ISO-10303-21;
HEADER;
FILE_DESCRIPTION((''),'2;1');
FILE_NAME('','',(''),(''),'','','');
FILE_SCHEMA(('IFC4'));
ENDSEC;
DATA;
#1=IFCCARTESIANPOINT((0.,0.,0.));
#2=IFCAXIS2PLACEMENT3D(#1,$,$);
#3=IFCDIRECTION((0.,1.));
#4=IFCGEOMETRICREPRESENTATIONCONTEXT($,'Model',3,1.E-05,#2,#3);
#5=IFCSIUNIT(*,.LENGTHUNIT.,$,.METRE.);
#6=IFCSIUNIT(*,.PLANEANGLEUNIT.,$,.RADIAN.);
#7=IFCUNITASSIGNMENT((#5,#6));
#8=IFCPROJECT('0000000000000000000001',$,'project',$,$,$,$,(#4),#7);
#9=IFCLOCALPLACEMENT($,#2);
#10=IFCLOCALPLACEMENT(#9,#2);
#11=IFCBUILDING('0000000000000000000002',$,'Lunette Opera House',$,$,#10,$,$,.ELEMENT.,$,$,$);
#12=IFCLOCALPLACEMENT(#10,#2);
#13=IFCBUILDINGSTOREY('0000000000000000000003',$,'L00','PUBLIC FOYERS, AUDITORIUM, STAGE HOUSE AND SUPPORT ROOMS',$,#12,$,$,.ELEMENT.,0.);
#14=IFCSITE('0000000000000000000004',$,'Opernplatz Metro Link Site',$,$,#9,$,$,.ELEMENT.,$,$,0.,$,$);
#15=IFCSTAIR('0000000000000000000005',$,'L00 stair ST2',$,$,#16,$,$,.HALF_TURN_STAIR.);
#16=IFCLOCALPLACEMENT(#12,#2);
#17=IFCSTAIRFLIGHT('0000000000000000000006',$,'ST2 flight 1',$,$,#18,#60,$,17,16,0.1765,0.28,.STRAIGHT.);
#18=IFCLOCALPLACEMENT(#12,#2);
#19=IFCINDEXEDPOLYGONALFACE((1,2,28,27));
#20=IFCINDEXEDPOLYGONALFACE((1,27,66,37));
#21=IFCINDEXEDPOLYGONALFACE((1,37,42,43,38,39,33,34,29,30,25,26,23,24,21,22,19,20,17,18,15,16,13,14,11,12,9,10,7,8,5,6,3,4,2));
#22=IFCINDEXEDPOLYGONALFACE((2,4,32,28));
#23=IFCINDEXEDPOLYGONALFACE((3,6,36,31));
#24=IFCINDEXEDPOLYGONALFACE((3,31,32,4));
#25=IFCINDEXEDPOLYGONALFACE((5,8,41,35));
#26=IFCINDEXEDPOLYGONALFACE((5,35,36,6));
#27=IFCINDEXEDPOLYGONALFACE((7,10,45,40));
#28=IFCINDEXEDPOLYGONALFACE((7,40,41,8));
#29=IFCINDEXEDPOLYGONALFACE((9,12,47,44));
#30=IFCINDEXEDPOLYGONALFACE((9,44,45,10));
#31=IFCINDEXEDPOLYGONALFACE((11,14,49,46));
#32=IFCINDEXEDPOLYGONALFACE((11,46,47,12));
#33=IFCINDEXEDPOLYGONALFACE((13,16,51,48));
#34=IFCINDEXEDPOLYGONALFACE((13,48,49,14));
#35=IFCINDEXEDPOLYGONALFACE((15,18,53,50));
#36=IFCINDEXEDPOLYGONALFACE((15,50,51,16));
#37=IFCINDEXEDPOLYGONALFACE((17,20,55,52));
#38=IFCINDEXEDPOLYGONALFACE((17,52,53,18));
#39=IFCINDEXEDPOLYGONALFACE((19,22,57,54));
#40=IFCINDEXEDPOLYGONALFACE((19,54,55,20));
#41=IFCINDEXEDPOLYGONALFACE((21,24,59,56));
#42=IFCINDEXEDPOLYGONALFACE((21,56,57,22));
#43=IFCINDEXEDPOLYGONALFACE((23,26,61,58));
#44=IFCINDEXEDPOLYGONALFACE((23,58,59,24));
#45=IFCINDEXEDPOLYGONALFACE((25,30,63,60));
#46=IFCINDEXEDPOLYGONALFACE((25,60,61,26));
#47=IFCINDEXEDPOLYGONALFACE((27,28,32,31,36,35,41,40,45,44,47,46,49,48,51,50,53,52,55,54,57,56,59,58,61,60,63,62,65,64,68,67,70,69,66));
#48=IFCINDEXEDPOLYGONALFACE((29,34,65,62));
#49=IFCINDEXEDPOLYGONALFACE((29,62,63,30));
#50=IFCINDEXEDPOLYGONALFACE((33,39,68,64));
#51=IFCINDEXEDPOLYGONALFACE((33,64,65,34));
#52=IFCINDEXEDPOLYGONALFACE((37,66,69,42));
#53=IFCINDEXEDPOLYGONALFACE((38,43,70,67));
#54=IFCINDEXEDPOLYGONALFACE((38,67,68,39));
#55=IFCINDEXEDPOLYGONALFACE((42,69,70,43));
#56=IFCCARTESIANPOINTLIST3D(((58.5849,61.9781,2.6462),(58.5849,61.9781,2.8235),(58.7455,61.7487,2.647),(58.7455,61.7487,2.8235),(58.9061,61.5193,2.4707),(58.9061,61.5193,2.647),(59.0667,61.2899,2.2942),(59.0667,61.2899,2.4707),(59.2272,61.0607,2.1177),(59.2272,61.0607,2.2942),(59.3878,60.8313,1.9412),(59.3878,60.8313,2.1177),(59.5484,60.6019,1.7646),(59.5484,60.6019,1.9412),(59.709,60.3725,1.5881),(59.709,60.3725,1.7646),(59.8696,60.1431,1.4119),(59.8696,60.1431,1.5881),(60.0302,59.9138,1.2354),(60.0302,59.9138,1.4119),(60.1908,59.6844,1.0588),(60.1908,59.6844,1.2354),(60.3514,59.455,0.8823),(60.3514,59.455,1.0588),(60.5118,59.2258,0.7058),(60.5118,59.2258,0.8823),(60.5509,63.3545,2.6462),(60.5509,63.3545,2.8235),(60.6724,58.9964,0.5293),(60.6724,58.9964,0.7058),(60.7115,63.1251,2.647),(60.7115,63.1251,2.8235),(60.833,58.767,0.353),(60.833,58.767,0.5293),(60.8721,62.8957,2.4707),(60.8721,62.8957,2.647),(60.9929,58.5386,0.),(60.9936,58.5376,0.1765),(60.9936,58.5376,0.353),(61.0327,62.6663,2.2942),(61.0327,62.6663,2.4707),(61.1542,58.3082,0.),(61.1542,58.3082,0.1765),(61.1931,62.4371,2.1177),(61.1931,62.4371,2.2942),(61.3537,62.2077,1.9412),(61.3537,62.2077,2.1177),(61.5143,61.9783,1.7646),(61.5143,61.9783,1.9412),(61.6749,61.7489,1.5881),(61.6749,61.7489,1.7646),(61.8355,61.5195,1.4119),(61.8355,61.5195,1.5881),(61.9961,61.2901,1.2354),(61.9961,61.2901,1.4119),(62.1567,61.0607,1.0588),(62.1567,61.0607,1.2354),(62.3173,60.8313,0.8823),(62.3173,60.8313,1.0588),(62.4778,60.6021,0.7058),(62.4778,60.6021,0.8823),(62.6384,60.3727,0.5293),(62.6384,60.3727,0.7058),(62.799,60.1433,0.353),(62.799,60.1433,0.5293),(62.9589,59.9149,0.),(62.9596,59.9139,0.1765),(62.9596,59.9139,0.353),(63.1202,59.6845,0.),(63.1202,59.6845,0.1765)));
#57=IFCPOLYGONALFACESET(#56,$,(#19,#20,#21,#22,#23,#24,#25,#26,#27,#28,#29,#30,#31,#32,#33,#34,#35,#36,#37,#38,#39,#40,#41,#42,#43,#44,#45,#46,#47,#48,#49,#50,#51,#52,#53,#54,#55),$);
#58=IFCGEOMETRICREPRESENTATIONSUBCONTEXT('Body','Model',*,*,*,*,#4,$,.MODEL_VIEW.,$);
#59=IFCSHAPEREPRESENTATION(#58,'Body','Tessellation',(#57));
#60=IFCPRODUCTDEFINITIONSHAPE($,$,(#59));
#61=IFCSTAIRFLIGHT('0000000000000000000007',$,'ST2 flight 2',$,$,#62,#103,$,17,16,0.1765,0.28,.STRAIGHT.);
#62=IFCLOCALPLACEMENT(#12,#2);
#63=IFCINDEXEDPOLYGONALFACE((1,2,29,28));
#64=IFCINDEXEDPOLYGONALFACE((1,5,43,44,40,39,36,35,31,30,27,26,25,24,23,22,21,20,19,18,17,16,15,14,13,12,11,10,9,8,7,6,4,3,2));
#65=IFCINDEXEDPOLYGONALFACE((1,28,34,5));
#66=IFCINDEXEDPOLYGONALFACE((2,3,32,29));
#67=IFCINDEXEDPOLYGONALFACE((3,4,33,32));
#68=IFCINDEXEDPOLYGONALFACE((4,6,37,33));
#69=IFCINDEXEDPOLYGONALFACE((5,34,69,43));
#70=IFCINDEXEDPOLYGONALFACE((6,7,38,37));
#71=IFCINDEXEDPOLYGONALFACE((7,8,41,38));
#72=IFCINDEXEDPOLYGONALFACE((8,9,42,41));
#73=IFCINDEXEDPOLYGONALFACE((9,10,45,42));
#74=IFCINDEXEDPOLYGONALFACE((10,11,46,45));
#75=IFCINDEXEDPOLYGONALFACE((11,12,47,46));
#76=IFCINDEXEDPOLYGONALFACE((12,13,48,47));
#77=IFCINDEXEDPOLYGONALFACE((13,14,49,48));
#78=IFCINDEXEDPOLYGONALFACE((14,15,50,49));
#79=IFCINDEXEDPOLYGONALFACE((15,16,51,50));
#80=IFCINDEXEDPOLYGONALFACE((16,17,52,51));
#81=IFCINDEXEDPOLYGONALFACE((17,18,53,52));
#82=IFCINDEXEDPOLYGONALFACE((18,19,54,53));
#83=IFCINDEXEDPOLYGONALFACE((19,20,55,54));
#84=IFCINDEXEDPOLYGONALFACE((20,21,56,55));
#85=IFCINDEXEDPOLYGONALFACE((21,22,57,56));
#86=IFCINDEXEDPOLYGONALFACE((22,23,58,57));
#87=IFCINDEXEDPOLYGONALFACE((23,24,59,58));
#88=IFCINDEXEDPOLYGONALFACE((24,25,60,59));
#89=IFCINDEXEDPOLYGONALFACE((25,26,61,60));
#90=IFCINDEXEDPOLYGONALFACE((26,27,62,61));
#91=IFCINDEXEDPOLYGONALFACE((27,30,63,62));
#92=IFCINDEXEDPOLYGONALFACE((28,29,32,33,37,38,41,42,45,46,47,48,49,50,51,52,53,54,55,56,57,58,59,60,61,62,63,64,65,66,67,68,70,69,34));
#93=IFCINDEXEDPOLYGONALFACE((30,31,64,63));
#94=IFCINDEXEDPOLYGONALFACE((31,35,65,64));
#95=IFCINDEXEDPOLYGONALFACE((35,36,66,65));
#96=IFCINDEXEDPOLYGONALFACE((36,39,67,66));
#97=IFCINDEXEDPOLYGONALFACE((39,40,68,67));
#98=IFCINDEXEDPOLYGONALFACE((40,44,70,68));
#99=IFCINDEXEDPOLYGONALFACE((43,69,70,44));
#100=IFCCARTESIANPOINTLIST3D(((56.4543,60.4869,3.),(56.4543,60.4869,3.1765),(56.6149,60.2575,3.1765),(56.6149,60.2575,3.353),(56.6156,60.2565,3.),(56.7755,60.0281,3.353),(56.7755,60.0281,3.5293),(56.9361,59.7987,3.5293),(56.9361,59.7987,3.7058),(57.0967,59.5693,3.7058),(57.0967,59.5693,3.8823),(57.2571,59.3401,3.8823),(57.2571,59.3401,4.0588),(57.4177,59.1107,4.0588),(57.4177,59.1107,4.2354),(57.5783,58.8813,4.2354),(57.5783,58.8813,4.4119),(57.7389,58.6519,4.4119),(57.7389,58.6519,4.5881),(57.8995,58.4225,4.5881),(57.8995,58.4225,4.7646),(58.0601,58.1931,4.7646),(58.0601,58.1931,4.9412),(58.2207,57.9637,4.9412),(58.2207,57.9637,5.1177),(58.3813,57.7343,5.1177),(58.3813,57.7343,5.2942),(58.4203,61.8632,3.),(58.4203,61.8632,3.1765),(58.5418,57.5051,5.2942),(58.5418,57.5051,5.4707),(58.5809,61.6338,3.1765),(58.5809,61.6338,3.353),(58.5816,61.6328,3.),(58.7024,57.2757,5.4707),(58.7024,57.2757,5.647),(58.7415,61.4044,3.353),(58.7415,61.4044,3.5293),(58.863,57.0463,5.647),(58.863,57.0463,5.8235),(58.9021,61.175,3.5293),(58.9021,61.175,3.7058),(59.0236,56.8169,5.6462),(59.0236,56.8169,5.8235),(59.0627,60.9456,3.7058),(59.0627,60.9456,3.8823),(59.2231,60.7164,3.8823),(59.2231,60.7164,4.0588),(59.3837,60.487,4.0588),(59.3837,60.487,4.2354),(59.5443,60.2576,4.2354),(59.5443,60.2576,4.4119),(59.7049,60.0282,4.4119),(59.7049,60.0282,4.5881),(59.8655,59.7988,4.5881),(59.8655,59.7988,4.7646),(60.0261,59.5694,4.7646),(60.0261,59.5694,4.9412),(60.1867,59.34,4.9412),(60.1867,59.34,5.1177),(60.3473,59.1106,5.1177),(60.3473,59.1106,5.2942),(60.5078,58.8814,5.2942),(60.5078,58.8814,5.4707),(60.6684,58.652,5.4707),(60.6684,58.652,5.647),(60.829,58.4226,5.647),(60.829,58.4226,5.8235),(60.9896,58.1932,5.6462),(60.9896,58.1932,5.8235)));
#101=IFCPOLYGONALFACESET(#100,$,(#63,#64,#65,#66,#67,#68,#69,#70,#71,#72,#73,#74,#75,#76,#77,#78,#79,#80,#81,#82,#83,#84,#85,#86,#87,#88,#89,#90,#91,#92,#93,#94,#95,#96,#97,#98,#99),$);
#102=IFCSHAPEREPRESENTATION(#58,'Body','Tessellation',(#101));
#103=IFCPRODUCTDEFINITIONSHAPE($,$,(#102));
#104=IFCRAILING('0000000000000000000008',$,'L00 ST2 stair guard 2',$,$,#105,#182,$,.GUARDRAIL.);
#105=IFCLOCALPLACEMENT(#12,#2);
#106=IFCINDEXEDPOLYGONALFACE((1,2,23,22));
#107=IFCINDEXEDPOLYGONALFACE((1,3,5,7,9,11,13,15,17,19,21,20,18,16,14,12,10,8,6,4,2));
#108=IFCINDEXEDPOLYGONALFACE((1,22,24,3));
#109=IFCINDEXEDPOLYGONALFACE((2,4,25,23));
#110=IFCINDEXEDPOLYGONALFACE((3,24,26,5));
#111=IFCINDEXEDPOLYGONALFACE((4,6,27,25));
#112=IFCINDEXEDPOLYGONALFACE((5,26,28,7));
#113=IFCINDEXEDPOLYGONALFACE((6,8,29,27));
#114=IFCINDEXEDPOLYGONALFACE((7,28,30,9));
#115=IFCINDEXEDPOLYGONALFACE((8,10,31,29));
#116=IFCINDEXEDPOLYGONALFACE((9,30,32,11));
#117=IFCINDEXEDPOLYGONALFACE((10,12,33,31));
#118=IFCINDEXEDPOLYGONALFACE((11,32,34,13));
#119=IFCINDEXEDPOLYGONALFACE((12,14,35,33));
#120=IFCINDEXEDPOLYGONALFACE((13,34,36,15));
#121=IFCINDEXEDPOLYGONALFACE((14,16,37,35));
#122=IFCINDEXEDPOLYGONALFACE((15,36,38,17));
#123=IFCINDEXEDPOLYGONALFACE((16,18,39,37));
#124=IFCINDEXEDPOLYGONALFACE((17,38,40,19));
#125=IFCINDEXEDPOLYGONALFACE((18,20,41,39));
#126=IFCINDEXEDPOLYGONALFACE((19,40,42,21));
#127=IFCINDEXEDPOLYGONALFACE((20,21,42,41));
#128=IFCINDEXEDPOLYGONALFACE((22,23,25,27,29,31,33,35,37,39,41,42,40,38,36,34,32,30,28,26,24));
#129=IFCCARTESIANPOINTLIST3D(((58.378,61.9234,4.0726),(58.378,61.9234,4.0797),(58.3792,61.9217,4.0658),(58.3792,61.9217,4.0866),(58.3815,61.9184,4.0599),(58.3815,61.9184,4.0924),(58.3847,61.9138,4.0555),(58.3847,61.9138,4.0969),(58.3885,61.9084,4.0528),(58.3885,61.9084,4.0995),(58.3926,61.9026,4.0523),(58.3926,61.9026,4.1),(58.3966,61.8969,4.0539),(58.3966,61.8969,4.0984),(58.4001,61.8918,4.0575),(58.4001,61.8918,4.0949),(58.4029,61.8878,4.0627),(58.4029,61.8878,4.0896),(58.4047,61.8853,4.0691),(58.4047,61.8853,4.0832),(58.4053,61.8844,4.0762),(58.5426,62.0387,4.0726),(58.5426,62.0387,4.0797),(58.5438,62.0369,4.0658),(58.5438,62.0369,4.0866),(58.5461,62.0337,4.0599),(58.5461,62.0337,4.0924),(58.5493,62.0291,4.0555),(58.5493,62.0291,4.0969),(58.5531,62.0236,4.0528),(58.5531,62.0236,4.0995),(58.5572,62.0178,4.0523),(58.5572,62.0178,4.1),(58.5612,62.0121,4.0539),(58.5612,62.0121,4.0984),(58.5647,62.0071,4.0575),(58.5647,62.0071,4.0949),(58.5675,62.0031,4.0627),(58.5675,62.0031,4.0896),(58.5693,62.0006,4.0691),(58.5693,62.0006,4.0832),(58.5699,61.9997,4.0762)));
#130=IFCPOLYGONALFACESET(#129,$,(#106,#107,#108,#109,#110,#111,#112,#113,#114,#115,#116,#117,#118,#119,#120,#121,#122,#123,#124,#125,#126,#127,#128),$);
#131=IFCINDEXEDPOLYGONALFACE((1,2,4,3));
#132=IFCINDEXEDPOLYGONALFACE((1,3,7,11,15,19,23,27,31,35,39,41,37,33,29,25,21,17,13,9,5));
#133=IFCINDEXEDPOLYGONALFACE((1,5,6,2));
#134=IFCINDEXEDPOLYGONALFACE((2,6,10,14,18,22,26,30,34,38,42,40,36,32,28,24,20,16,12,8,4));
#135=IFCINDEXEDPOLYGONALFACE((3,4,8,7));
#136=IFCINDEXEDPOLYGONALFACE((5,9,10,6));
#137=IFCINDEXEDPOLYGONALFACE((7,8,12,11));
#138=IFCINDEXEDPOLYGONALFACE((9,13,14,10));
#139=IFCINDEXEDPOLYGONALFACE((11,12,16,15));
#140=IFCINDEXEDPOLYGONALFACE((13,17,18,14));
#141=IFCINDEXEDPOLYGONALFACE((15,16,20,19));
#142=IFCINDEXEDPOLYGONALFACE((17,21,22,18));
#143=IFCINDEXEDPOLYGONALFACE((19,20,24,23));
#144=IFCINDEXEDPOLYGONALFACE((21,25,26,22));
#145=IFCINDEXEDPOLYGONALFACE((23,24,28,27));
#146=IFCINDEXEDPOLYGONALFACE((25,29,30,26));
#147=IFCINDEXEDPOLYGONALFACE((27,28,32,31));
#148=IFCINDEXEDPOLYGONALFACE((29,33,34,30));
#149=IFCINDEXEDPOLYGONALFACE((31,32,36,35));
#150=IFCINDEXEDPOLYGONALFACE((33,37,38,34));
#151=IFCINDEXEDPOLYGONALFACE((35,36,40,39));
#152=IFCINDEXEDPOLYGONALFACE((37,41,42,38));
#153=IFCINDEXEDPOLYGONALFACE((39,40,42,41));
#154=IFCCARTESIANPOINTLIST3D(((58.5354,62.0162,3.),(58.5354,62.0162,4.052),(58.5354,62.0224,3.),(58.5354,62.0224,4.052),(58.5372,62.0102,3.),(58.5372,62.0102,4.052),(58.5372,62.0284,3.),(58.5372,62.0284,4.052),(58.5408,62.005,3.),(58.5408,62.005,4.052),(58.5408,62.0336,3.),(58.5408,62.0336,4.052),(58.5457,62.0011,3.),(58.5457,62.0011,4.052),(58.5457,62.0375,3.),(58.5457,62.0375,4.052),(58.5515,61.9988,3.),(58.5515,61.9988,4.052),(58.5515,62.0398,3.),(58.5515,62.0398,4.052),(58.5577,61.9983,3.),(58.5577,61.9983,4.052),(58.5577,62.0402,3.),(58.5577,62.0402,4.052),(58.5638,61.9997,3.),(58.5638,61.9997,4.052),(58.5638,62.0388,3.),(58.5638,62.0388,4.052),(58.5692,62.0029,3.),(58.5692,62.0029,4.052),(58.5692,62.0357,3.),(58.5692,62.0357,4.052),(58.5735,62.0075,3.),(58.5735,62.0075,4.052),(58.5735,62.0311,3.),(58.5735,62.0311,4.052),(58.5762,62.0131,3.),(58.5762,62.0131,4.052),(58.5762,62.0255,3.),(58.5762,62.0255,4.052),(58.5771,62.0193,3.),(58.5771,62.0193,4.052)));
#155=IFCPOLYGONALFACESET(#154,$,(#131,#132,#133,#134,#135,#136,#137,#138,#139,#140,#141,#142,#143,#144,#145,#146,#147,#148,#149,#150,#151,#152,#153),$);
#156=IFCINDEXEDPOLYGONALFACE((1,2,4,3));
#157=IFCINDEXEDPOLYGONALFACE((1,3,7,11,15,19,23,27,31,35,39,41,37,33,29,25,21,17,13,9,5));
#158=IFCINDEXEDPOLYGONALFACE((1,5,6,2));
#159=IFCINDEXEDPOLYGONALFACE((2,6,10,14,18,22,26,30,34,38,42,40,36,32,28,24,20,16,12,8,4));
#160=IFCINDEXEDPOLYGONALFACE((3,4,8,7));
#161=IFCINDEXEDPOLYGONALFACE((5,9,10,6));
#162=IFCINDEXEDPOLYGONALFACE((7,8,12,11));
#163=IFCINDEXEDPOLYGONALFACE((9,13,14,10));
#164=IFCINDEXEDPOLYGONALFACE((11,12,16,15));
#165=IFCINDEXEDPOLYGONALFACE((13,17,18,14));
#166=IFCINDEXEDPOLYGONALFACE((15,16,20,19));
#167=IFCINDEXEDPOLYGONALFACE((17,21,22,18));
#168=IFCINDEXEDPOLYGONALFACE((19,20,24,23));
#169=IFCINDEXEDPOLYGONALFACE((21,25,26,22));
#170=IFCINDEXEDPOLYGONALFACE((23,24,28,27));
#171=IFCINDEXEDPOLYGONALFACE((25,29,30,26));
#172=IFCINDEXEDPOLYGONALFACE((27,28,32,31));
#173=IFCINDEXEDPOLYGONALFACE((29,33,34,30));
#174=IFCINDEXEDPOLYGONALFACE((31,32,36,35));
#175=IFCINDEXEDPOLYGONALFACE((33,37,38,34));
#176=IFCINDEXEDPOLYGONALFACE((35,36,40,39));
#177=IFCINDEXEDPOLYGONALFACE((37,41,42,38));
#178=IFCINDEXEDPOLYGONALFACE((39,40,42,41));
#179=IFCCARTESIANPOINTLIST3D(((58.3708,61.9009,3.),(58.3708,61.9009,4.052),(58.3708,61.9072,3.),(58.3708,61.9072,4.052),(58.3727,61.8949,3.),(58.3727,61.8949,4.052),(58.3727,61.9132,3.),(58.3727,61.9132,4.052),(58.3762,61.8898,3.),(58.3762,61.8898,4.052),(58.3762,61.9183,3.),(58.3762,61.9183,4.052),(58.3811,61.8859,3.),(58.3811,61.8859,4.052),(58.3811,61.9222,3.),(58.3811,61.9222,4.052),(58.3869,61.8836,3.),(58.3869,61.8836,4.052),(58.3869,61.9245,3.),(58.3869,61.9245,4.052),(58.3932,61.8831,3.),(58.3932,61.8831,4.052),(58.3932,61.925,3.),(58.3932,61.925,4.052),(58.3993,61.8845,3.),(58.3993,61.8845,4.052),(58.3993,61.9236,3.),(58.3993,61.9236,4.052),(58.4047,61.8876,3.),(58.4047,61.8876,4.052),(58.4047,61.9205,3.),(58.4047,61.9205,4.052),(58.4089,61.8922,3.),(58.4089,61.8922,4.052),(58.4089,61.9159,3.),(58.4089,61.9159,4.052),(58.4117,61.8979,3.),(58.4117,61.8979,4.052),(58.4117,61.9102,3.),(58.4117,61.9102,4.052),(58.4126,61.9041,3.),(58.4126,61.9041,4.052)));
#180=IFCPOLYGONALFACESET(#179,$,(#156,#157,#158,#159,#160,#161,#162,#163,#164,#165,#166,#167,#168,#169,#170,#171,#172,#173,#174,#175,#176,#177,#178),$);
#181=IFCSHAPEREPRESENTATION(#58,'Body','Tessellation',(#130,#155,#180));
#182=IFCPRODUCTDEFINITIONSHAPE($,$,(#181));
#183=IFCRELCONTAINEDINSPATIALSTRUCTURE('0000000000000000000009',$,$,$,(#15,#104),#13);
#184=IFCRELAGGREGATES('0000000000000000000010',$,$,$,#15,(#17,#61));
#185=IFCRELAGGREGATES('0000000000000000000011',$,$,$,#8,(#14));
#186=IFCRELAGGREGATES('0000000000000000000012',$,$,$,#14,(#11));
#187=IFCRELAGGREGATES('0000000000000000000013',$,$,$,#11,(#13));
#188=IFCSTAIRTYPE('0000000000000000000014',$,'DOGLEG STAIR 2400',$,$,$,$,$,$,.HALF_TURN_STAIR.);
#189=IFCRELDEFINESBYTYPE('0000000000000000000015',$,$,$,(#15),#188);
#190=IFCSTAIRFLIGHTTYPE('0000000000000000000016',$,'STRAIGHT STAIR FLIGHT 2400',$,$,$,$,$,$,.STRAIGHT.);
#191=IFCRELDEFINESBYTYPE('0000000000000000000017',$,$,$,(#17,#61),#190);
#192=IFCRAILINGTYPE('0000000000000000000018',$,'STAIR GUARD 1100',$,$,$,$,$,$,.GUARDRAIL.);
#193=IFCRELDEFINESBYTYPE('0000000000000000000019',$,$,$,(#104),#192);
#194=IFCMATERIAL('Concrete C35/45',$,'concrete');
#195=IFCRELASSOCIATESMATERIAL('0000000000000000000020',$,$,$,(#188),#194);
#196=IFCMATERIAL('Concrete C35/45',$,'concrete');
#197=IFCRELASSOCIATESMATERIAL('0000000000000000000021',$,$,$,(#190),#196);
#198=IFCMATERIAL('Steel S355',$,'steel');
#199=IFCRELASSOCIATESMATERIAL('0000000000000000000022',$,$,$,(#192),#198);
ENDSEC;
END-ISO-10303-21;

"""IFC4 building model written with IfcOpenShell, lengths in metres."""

from ifc_helpers import new_model, si_unit, direction, frame, origin, origin_2d, place, context, subcontext, project, spatial, polyline, circle, outline, extrude, material, type_object, element, aggregate, save


model = new_model("IFC4")

# Units and contexts
model_context = context("Model", 3, precision=1e-05, world=origin(), true_north=direction((0.0, 1.0)))
body_context = subcontext(model_context, "Body", "Model", "MODEL_VIEW")
ifc_project = project(units=[si_unit("LENGTHUNIT", "METRE"), si_unit("PLANEANGLEUNIT", "RADIAN")], contexts=[model_context])

# Site, building, storey
site_placement = place(None, origin())
site = spatial("IfcSite", under=ifc_project, at=site_placement, Name="Opernplatz Metro Link Site", CompositionType="ELEMENT", RefElevation=0.0)
building_placement = place(site_placement, origin())
building = spatial("IfcBuilding", under=site, at=building_placement, Name="Lunette Opera House", CompositionType="ELEMENT")
storey_placement = place(building_placement, origin())
storey = spatial("IfcBuildingStorey", under=building, at=storey_placement, Name="L00", Description="PUBLIC FOYERS, AUDITORIUM, STAGE HOUSE AND SUPPORT ROOMS", CompositionType="ELEMENT", Elevation=0.0)

# Stair, stair flights
ifc_material_1 = material(Name="Concrete C35/45", Category="concrete")
stair_type = type_object("IfcStairType", Name="DOGLEG STAIR 2400", PredefinedType="HALF_TURN_STAIR", material=ifc_material_1)
stair_placement = place(storey_placement, origin())
stair = element("IfcStair", 1, at=stair_placement, inside=storey, type_object=stair_type, Name="L00 stair ST2", PredefinedType="HALF_TURN_STAIR")
ifc_material_2 = material(Name="Concrete C35/45", Category="concrete")
stair_flight_type = type_object("IfcStairFlightType", Name="STRAIGHT STAIR FLIGHT 2400", PredefinedType="STRAIGHT", material=ifc_material_2)
stair_flight_1_placement = place(storey_placement, frame((62.1372, 58.9963, 0.0), z_axis=(0.0, 0.0, 1.0), x_axis=(-0.57351, 0.819198, 0.0)))
stair_flight_1 = element("IfcStairFlight", 2, at=stair_flight_1_placement, type_object=stair_flight_type, Name="ST2 flight 1", NumberOfRisers=17, NumberOfTreads=16, PredefinedType="STRAIGHT", RiserHeight=0.1765, TreadLength=0.28, context=body_context, shape_type="SweptSolid", body=[
    extrude(outline(polyline([(0.0, 0.0), (0.0, 0.1765), (0.28, 0.1765), (0.28, 0.353), (0.5601, 0.353), (0.5601, 0.5293), (0.8401, 0.5293), (0.8401, 0.7058), (1.1201, 0.7058), (1.1201, 0.8823), (1.3999, 0.8823), (1.3999, 1.0588), (1.6799, 1.0588), (1.6799, 1.2354), (1.96, 1.2354), (1.96, 1.4119), (2.24, 1.4119), (2.24, 1.5881), (2.52, 1.5881), (2.52, 1.7646), (2.8, 1.7646), (2.8, 1.9412), (3.0801, 1.9412), (3.0801, 2.1177), (3.3601, 2.1177), (3.3601, 2.2942), (3.6399, 2.2942), (3.6399, 2.4707), (3.9199, 2.4707), (3.9199, 2.647), (4.2, 2.647), (4.2, 2.8235), (4.48, 2.8235), (4.48, 3.0), (4.48, 2.6462), (0.2812, 0.0), (0.0, 0.0)])), frame((0.0, 1.2, 0.0), z_axis=(0.0, -1.0, 0.0), x_axis=(1.0, 0.0, 0.0)), (0.0, 0.0, 1.0), 2.3999),
])
stair_flight_2_placement = place(storey_placement, frame((57.4373, 61.175, 3.0), z_axis=(0.0, 0.0, 1.0), x_axis=(0.57351, -0.819198, 0.0)))
stair_flight_2 = element("IfcStairFlight", 3, at=stair_flight_2_placement, type_object=stair_flight_type, Name="ST2 flight 2", NumberOfRisers=17, NumberOfTreads=16, PredefinedType="STRAIGHT", RiserHeight=0.1765, TreadLength=0.28, context=body_context, shape_type="SweptSolid", body=[
    extrude(outline(polyline([(0.0, 0.0), (0.0, 0.1765), (0.28, 0.1765), (0.28, 0.353), (0.5601, 0.353), (0.5601, 0.5293), (0.8401, 0.5293), (0.8401, 0.7058), (1.1201, 0.7058), (1.1201, 0.8823), (1.3999, 0.8823), (1.3999, 1.0588), (1.6799, 1.0588), (1.6799, 1.2354), (1.96, 1.2354), (1.96, 1.4119), (2.24, 1.4119), (2.24, 1.5881), (2.52, 1.5881), (2.52, 1.7646), (2.8, 1.7646), (2.8, 1.9412), (3.0801, 1.9412), (3.0801, 2.1177), (3.3601, 2.1177), (3.3601, 2.2942), (3.6399, 2.2942), (3.6399, 2.4707), (3.9199, 2.4707), (3.9199, 2.647), (4.2, 2.647), (4.2, 2.8235), (4.48, 2.8235), (4.48, 3.0), (4.48, 2.6462), (0.2812, 0.0), (0.0, 0.0)])), frame((0.0, 1.2, 0.0), z_axis=(0.0, -1.0, 0.0), x_axis=(1.0, 0.0, 0.0)), (0.0, 0.0, 1.0), 2.3999),
])
aggregate(stair, [stair_flight_1, stair_flight_2])

# Railing
ifc_material_3 = material(Name="Steel S355", Category="steel")
railing_type_1 = type_object("IfcRailingType", Name="STAIR GUARD 1100", PredefinedType="GUARDRAIL", material=ifc_material_3)
railing_1_placement = place(storey_placement, frame((58.5562, 62.0193, 3.0)))
element("IfcRailing", 4, at=railing_1_placement, inside=storey, type_object=railing_type_1, Name="L00 ST2 stair guard 2", PredefinedType="GUARDRAIL", context=body_context, shape_type="SweptSolid", body=[
    extrude(circle(Radius=0.0239, at=origin_2d()), frame((0.0, 0.0, 1.0762), z_axis=(-0.819118, -0.573625, 0.0), x_axis=(0.573625, -0.819118, 0.0)), (0.0, 0.0, 1.0), 0.2009),
    extrude(circle(Radius=0.021, at=origin_2d()), origin(), (0.0, 0.0, 1.0), 1.052),
    extrude(circle(Radius=0.021, at=origin_2d()), frame((-0.1646, -0.1152, 0.0)), (0.0, 0.0, 1.0), 1.052),
])

save(model, "model.ifc")
